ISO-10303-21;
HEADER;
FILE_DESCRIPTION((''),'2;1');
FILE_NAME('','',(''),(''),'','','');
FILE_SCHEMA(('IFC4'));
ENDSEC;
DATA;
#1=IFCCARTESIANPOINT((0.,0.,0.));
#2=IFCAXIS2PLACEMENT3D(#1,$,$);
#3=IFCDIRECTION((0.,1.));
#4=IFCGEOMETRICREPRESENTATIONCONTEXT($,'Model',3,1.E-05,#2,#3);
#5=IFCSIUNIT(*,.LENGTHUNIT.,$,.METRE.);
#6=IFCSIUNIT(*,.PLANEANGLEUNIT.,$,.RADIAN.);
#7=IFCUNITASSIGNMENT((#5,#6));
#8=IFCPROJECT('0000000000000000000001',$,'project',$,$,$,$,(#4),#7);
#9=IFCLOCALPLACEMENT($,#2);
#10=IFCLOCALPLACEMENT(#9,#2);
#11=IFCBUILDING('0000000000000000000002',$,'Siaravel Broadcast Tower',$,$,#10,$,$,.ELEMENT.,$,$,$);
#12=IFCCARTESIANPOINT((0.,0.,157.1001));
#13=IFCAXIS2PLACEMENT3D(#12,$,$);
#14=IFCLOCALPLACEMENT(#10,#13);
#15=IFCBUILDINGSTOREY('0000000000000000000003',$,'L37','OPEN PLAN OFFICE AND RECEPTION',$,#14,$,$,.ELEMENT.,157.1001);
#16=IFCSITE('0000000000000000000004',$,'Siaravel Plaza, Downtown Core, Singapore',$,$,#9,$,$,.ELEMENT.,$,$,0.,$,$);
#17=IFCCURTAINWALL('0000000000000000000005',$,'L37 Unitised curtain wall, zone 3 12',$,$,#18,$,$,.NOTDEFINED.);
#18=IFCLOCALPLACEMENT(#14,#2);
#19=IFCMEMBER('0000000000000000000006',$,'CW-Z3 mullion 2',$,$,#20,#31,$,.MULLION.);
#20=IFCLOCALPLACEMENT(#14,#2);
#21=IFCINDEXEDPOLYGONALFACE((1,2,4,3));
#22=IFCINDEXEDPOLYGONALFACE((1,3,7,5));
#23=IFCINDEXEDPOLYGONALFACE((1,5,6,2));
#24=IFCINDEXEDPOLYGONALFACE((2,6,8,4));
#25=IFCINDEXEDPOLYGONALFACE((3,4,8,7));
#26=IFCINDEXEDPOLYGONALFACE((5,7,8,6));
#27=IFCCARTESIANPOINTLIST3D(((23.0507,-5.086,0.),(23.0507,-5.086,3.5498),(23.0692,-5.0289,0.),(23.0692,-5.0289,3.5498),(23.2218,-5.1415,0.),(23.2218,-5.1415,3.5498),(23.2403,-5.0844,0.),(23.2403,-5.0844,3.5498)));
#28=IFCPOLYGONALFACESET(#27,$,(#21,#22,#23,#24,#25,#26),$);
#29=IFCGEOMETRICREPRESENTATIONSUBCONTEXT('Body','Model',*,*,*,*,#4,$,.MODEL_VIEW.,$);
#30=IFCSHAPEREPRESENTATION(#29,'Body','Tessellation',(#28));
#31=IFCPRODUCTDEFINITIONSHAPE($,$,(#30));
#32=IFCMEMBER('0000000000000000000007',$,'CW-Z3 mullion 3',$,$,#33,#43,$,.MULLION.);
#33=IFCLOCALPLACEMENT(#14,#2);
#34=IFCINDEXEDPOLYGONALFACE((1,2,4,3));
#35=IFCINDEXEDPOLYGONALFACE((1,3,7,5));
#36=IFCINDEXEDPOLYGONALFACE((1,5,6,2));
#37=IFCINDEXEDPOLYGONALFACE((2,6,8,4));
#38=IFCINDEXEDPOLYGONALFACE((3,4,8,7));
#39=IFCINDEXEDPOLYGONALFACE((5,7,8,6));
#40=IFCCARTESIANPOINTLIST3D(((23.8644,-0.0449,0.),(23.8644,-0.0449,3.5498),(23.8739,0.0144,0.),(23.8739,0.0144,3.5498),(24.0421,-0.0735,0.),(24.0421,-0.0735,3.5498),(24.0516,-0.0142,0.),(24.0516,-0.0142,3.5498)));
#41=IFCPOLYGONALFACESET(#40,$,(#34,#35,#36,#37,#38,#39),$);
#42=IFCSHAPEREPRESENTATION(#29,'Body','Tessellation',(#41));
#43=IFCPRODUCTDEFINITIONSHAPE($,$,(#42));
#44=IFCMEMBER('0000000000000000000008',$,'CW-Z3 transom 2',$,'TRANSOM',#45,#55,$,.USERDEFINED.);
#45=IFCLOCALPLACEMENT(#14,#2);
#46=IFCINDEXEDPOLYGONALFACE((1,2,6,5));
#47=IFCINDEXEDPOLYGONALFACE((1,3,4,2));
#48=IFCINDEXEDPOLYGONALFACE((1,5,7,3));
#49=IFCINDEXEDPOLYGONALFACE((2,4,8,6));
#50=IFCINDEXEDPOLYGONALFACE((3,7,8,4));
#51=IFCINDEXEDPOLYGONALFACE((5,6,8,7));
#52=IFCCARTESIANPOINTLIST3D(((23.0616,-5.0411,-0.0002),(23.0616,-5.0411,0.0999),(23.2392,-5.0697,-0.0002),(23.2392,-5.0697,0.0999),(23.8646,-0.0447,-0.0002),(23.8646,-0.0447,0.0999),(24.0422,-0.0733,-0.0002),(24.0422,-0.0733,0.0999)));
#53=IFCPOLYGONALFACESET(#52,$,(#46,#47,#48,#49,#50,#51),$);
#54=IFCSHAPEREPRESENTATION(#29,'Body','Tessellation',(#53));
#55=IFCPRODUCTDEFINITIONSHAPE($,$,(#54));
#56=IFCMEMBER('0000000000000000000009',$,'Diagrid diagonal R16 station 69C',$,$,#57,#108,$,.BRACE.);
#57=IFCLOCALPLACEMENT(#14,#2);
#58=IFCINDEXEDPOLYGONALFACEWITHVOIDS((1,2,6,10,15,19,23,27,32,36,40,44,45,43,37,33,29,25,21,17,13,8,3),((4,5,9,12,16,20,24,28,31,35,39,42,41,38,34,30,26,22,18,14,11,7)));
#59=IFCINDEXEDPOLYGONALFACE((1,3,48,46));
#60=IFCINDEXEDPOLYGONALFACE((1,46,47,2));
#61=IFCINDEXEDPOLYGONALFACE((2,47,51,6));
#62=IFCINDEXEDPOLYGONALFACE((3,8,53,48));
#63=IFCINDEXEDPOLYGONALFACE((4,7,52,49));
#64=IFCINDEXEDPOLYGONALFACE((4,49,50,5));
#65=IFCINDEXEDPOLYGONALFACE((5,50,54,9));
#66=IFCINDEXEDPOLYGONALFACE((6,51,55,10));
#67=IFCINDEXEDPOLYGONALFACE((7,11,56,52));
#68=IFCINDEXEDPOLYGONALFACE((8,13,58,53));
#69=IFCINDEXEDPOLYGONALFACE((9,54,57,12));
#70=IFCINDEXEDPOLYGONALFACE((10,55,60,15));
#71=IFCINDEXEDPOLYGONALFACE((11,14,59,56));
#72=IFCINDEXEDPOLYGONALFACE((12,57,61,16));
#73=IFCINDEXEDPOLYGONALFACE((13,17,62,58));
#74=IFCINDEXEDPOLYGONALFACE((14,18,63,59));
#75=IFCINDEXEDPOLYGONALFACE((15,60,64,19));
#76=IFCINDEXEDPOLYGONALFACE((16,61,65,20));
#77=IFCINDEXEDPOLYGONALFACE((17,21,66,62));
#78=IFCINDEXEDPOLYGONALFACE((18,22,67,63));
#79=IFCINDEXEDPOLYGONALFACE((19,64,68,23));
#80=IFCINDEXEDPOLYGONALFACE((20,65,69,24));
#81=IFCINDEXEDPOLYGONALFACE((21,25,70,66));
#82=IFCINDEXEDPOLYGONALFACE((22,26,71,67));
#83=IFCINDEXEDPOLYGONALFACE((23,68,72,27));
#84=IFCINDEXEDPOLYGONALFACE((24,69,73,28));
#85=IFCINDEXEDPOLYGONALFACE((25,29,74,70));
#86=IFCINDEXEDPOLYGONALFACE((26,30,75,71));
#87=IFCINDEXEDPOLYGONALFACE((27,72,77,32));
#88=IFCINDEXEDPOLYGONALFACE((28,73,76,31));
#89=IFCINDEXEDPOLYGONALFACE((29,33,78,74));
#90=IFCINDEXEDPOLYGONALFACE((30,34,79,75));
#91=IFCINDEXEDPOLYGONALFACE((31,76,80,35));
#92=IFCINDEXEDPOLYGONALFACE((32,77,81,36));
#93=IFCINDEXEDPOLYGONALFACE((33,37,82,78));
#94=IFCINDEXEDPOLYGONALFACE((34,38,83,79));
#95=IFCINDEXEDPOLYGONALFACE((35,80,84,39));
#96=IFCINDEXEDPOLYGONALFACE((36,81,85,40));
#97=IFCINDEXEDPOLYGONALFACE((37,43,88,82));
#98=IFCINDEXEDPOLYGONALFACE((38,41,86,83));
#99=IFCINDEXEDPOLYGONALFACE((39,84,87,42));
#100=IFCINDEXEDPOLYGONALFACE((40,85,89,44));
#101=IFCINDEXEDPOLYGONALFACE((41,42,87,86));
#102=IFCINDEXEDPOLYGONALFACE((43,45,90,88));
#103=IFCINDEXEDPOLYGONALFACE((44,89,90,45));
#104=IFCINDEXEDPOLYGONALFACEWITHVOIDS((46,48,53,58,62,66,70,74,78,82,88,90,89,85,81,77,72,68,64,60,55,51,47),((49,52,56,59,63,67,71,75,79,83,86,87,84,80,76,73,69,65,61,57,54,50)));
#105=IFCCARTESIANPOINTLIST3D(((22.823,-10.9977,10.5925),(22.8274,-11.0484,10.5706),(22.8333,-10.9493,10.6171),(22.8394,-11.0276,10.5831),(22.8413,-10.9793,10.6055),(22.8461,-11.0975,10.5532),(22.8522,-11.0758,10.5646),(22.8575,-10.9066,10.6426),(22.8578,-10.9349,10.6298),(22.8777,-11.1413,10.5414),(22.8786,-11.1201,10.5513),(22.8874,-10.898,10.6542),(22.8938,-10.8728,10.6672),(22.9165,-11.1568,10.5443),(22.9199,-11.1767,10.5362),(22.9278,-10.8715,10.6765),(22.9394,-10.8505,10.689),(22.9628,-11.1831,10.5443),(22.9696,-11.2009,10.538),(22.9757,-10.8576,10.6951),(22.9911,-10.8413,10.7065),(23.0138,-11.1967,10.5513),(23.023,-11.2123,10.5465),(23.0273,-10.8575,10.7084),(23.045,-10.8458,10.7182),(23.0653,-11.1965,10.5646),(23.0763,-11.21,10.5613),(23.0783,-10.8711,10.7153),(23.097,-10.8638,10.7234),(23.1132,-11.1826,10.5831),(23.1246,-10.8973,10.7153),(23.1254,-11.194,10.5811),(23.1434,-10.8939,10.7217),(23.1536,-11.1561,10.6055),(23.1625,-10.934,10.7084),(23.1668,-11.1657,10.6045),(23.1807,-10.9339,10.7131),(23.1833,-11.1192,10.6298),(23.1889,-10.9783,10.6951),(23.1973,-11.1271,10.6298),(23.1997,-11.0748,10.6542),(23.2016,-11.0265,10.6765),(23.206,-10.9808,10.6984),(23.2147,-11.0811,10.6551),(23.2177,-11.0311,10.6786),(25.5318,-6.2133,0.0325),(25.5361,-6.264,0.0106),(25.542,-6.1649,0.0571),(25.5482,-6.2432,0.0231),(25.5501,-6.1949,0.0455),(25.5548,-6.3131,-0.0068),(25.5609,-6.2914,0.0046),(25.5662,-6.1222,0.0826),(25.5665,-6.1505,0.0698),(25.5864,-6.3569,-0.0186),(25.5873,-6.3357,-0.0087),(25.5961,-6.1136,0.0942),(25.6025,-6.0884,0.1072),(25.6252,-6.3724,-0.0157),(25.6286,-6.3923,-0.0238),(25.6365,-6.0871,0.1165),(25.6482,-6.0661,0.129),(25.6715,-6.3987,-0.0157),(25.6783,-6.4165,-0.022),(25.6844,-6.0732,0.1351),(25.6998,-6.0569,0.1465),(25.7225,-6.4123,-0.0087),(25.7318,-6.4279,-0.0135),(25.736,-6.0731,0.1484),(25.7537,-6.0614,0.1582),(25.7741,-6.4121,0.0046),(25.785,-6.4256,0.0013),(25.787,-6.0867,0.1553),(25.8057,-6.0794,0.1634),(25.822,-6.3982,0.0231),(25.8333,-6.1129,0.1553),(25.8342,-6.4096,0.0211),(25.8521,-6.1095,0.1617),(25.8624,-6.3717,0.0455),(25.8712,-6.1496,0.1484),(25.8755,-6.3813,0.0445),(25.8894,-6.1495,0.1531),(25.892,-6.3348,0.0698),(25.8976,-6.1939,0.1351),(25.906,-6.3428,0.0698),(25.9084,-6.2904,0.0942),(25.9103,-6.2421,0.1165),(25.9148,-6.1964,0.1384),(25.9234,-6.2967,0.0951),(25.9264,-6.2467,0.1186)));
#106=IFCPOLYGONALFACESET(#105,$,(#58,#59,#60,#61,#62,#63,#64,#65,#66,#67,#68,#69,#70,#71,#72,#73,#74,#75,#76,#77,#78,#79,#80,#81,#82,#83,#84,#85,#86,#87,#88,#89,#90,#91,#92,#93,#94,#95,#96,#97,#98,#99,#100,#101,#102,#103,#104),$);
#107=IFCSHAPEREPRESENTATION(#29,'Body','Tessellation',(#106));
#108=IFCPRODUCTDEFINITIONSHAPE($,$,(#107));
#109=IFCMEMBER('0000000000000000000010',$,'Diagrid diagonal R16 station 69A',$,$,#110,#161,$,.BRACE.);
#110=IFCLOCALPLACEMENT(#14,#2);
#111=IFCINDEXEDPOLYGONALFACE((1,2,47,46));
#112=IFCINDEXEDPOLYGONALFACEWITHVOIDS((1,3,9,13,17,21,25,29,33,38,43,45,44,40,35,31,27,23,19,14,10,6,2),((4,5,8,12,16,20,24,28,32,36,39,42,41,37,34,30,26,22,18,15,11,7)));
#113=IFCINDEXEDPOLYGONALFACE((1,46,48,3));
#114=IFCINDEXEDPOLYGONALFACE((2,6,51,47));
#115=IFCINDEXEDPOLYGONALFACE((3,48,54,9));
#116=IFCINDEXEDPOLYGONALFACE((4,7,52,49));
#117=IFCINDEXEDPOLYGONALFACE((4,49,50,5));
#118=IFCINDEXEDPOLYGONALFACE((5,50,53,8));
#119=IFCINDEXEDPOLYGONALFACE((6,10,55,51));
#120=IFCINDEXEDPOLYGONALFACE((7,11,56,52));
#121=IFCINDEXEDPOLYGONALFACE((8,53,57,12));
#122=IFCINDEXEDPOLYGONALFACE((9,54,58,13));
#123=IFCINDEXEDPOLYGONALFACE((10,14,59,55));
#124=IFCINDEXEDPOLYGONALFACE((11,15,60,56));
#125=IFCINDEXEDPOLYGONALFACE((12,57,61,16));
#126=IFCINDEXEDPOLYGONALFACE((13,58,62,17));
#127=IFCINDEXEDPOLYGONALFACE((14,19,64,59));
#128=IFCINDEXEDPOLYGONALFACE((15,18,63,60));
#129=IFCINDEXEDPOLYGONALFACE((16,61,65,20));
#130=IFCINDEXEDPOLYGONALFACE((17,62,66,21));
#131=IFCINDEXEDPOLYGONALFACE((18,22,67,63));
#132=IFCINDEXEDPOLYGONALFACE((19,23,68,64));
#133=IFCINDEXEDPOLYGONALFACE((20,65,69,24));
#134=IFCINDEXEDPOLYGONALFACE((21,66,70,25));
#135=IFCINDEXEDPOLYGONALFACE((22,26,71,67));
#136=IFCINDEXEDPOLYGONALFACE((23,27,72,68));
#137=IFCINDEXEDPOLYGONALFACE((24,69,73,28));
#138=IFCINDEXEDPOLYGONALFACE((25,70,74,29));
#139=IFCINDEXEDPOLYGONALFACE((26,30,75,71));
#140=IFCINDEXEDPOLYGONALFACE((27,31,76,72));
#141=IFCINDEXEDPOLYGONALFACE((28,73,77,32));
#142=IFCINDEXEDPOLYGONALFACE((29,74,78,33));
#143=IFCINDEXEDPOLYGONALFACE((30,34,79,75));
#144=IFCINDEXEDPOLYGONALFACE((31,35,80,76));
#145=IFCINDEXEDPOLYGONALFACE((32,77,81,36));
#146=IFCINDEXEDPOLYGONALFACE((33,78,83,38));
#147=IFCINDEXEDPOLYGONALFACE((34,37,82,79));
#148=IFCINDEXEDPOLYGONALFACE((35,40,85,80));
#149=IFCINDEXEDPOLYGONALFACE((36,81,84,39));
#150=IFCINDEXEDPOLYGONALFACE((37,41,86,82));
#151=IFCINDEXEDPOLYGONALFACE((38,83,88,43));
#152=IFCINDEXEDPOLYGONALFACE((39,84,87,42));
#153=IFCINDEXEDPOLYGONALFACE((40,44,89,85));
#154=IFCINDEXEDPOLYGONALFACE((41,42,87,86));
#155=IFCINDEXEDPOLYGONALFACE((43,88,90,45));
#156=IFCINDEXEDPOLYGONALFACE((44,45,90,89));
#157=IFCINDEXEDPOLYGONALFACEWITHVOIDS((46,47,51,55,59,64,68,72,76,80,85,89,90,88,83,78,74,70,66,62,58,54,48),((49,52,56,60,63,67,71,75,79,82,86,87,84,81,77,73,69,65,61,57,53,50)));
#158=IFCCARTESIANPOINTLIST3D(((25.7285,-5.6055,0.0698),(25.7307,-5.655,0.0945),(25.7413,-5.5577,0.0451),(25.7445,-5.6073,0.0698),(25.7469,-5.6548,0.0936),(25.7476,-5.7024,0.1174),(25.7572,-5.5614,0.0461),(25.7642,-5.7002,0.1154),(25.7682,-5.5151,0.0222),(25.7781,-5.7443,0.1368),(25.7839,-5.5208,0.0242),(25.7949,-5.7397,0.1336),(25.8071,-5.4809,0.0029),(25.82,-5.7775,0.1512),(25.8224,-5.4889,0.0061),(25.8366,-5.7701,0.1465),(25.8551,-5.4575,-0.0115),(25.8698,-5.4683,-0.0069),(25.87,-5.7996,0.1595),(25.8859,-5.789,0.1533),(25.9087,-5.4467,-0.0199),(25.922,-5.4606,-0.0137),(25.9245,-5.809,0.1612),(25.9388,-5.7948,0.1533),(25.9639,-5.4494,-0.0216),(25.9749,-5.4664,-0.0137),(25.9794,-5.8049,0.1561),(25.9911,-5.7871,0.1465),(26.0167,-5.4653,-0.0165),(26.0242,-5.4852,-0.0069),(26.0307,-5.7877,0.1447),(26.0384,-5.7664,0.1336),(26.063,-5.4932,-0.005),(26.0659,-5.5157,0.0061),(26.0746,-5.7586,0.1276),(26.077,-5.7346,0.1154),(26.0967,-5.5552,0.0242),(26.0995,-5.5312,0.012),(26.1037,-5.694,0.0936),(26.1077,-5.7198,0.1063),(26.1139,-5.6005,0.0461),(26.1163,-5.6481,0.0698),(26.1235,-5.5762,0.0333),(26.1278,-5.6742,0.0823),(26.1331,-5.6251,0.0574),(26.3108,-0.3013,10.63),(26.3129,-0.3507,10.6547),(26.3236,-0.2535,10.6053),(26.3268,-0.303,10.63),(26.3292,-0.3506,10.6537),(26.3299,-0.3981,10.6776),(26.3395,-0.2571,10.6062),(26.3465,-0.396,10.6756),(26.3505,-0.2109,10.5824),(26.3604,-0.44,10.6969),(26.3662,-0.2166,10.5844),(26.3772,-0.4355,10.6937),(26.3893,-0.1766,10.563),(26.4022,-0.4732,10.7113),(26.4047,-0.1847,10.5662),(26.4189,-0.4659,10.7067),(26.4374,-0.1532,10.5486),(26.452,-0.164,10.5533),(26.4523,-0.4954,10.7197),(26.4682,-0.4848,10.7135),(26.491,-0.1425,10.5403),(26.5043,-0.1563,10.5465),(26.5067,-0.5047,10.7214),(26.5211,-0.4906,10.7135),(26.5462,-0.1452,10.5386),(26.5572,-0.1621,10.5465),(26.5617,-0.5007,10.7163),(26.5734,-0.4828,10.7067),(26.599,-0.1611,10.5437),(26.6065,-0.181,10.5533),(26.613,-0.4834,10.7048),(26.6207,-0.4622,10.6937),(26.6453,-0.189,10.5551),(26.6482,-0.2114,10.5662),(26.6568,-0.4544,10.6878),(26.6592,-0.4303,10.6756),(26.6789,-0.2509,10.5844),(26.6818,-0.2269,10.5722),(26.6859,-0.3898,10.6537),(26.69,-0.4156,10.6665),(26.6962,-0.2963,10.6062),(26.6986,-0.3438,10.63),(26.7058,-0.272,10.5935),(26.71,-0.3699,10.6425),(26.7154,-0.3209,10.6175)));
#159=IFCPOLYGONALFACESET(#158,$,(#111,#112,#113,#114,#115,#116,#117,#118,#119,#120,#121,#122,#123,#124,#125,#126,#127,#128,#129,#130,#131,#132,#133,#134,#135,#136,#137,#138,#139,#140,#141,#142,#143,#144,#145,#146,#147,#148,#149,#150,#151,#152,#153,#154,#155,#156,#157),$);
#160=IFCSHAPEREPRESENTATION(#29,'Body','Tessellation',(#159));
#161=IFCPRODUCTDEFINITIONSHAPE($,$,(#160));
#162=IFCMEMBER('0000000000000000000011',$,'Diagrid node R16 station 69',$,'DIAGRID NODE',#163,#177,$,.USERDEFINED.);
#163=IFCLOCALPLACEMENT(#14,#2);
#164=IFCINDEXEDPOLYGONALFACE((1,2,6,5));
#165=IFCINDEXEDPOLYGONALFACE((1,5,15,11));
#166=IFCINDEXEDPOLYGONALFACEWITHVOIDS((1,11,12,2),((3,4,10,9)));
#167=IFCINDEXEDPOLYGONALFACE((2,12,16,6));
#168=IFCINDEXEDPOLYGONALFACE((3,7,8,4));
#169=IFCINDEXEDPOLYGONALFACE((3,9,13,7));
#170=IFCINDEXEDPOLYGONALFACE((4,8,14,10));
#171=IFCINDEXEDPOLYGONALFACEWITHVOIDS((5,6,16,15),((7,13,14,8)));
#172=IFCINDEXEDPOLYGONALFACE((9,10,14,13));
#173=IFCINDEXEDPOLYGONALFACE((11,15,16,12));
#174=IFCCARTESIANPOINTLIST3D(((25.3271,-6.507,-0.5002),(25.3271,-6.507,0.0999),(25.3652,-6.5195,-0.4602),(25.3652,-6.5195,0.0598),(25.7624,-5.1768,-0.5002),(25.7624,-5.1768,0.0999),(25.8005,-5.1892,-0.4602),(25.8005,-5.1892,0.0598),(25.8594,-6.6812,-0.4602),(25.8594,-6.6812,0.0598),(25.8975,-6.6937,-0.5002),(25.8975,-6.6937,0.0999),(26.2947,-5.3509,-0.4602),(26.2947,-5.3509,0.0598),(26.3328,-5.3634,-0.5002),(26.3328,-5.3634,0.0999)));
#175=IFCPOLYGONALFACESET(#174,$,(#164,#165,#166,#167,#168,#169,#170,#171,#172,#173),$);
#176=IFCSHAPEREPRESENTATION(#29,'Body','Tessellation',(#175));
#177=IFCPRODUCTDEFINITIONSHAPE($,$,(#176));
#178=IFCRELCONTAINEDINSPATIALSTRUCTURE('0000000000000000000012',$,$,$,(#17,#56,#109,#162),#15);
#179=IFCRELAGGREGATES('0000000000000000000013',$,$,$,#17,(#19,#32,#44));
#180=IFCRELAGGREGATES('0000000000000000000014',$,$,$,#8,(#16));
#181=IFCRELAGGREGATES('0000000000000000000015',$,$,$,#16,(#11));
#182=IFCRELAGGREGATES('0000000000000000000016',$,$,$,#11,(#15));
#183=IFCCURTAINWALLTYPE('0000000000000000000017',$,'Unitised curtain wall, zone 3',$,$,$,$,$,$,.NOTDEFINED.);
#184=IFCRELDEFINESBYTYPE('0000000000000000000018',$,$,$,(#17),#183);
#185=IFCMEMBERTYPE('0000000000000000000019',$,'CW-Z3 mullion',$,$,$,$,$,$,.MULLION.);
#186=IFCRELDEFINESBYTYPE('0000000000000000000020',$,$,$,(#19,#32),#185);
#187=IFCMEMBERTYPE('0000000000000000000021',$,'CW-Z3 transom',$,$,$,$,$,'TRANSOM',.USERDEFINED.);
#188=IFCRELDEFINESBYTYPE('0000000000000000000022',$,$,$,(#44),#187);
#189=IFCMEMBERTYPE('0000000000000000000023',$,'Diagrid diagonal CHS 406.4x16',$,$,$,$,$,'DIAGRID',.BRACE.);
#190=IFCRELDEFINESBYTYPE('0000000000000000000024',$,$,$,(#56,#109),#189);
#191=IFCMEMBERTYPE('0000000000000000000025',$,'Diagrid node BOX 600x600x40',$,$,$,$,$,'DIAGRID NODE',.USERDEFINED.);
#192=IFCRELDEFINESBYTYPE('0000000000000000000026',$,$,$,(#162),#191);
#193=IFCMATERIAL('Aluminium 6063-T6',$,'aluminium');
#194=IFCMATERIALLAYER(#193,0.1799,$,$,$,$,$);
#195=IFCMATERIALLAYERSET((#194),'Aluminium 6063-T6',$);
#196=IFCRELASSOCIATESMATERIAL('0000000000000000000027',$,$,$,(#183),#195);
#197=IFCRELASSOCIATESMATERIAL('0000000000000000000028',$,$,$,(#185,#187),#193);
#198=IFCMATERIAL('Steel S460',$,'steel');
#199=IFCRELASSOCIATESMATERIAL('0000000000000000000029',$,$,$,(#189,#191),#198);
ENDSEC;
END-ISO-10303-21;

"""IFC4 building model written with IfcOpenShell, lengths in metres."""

from ifc_helpers import new_model, si_unit, direction, frame, origin, origin_2d, place, context, subcontext, project, spatial, rectangle, hollow_rectangle, hollow_circle, extrude, material, layer, layer_set, material_profile, profile_set, type_object, element, aggregate, save


model = new_model("IFC4")

# Units and contexts
model_context = context("Model", 3, precision=1e-05, world=origin(), true_north=direction((0.0, 1.0)))
body_context = subcontext(model_context, "Body", "Model", "MODEL_VIEW")
ifc_project = project(units=[si_unit("LENGTHUNIT", "METRE"), si_unit("PLANEANGLEUNIT", "RADIAN")], contexts=[model_context])

# Site, building, storey
site_placement = place(None, origin())
site = spatial("IfcSite", under=ifc_project, at=site_placement, Name="Siaravel Plaza, Downtown Core, Singapore", CompositionType="ELEMENT", RefElevation=0.0)
building_placement = place(site_placement, origin())
building = spatial("IfcBuilding", under=site, at=building_placement, Name="Siaravel Broadcast Tower", CompositionType="ELEMENT")
storey_placement = place(building_placement, frame((0.0, 0.0, 157.1001)))
storey = spatial("IfcBuildingStorey", under=building, at=storey_placement, Name="L37", Description="OPEN PLAN OFFICE AND RECEPTION", CompositionType="ELEMENT", Elevation=157.1001)

# Curtain wall, members
ifc_material_1 = material(Name="Aluminium 6063-T6", Category="aluminium")
ifc_layer_1 = layer(ifc_material_1, 0.1799)
ifc_layer_set_1 = layer_set([ifc_layer_1], Name="Aluminium 6063-T6")
curtain_wall_type = type_object("IfcCurtainWallType", Name="Unitised curtain wall, zone 3", PredefinedType="NOTDEFINED", material=ifc_layer_set_1)
curtain_wall_placement = place(storey_placement, origin())
curtain_wall = element("IfcCurtainWall", 1, at=curtain_wall_placement, inside=storey, type_object=curtain_wall_type, Name="L37 Unitised curtain wall, zone 3 12", PredefinedType="NOTDEFINED")
ifc_material_profile_1 = material_profile(ifc_material_1, rectangle(XDim=0.1799, YDim=0.0601, at=origin_2d()))
ifc_profile_set_1 = profile_set([ifc_material_profile_1], Name="Aluminium 6063-T6")
member_type_1 = type_object("IfcMemberType", Name="CW-Z3 mullion", PredefinedType="MULLION", material=ifc_profile_set_1)
member_1_placement = place(storey_placement, frame((23.1455, -5.0852, 0.0), z_axis=(0.0, 0.0, 1.0), x_axis=(-0.951177, 0.308645, 0.0)))
member_1 = element("IfcMember", 2, at=member_1_placement, type_object=member_type_1, Name="CW-Z3 mullion 2", PredefinedType="MULLION", context=body_context, shape_type="SweptSolid", body=[
    extrude(rectangle(XDim=0.1799, YDim=0.0601, at=origin_2d()), origin(), (0.0, 0.0, 1.0), 3.5498),
])
member_2_placement = place(storey_placement, frame((23.958, -0.0295, 0.0), z_axis=(0.0, 0.0, 1.0), x_axis=(-0.987329, 0.158685, 0.0)))
member_2 = element("IfcMember", 3, at=member_2_placement, type_object=member_type_1, Name="CW-Z3 mullion 3", PredefinedType="MULLION", context=body_context, shape_type="SweptSolid", body=[
    extrude(rectangle(XDim=0.1799, YDim=0.0601, at=origin_2d()), origin(), (0.0, 0.0, 1.0), 3.5498),
])
ifc_material_profile_2 = material_profile(ifc_material_1, rectangle(XDim=0.1799, YDim=0.1001, at=origin_2d()))
ifc_profile_set_2 = profile_set([ifc_material_profile_2], Name="Aluminium 6063-T6")
member_type_2 = type_object("IfcMemberType", Name="CW-Z3 transom", ElementType="TRANSOM", PredefinedType="USERDEFINED", material=ifc_profile_set_2)
member_3_placement = place(storey_placement, frame((23.1504, -5.0554, 0.0498), z_axis=(0.158677, 0.987331, 0.0), x_axis=(-0.987331, 0.158677, 0.0)))
member_3 = element("IfcMember", 4, at=member_3_placement, type_object=member_type_2, Name="CW-Z3 transom 2", ObjectType="TRANSOM", PredefinedType="USERDEFINED", context=body_context, shape_type="SweptSolid", body=[
    extrude(rectangle(XDim=0.1799, YDim=0.1001, at=origin_2d()), origin(), (0.0, 0.0, 1.0), 5.0605),
])

# Members
ifc_material_2 = material(Name="Steel S460", Category="steel")
ifc_material_profile_3 = material_profile(ifc_material_2, hollow_circle(Radius=0.2031, WallThickness=0.0161, at=origin_2d()))
ifc_profile_set_3 = profile_set([ifc_material_profile_3], Name="Steel S460")
member_type_3 = type_object("IfcMemberType", Name="Diagrid diagonal CHS 406.4x16", ElementType="DIAGRID", PredefinedType="BRACE", material=ifc_profile_set_3)
member_4_placement = place(storey_placement, frame((25.7292, -6.2427, 0.0698), z_axis=(-0.227519, -0.401864, 0.886984), x_axis=(0.870212, -0.492678, 0.0)))
element("IfcMember", 5, at=member_4_placement, inside=storey, type_object=member_type_3, Name="Diagrid diagonal R16 station 69C", PredefinedType="BRACE", context=body_context, shape_type="SweptSolid", body=[
    extrude(hollow_circle(Radius=0.2031, WallThickness=0.0161, at=origin_2d()), origin(), (0.0, 0.0, 1.0), 11.9055),
])
member_5_placement = place(storey_placement, frame((25.9304, -5.6277, 0.0698), z_axis=(0.049213, 0.448305, 0.892525), x_axis=(-0.994028, 0.109121, 0.0)))
element("IfcMember", 6, at=member_5_placement, inside=storey, type_object=member_type_3, Name="Diagrid diagonal R16 station 69A", PredefinedType="BRACE", context=body_context, shape_type="SweptSolid", body=[
    extrude(hollow_circle(Radius=0.2031, WallThickness=0.0161, at=origin_2d()), origin(), (0.0, 0.0, 1.0), 11.8318),
])
ifc_material_profile_4 = material_profile(ifc_material_2, hollow_rectangle(XDim=0.6001, YDim=0.6001, WallThickness=0.04, at=origin_2d()))
ifc_profile_set_4 = profile_set([ifc_material_profile_4], Name="Steel S460")
member_type_4 = type_object("IfcMemberType", Name="Diagrid node BOX 600x600x40", ElementType="DIAGRID NODE", PredefinedType="USERDEFINED", material=ifc_profile_set_4)
member_6_placement = place(storey_placement, frame((25.6123, -6.6003, -0.2002), z_axis=(0.31099, 0.950413, 0.0), x_axis=(-0.950413, 0.31099, 0.0)))
element("IfcMember", 7, at=member_6_placement, inside=storey, type_object=member_type_4, Name="Diagrid node R16 station 69", ObjectType="DIAGRID NODE", PredefinedType="USERDEFINED", context=body_context, shape_type="SweptSolid", body=[
    extrude(hollow_rectangle(XDim=0.6001, YDim=0.6001, WallThickness=0.04, at=origin_2d()), origin(), (0.0, 0.0, 1.0), 1.3997),
])

aggregate(curtain_wall, [member_1, member_2, member_3])

save(model, "model.ifc")
